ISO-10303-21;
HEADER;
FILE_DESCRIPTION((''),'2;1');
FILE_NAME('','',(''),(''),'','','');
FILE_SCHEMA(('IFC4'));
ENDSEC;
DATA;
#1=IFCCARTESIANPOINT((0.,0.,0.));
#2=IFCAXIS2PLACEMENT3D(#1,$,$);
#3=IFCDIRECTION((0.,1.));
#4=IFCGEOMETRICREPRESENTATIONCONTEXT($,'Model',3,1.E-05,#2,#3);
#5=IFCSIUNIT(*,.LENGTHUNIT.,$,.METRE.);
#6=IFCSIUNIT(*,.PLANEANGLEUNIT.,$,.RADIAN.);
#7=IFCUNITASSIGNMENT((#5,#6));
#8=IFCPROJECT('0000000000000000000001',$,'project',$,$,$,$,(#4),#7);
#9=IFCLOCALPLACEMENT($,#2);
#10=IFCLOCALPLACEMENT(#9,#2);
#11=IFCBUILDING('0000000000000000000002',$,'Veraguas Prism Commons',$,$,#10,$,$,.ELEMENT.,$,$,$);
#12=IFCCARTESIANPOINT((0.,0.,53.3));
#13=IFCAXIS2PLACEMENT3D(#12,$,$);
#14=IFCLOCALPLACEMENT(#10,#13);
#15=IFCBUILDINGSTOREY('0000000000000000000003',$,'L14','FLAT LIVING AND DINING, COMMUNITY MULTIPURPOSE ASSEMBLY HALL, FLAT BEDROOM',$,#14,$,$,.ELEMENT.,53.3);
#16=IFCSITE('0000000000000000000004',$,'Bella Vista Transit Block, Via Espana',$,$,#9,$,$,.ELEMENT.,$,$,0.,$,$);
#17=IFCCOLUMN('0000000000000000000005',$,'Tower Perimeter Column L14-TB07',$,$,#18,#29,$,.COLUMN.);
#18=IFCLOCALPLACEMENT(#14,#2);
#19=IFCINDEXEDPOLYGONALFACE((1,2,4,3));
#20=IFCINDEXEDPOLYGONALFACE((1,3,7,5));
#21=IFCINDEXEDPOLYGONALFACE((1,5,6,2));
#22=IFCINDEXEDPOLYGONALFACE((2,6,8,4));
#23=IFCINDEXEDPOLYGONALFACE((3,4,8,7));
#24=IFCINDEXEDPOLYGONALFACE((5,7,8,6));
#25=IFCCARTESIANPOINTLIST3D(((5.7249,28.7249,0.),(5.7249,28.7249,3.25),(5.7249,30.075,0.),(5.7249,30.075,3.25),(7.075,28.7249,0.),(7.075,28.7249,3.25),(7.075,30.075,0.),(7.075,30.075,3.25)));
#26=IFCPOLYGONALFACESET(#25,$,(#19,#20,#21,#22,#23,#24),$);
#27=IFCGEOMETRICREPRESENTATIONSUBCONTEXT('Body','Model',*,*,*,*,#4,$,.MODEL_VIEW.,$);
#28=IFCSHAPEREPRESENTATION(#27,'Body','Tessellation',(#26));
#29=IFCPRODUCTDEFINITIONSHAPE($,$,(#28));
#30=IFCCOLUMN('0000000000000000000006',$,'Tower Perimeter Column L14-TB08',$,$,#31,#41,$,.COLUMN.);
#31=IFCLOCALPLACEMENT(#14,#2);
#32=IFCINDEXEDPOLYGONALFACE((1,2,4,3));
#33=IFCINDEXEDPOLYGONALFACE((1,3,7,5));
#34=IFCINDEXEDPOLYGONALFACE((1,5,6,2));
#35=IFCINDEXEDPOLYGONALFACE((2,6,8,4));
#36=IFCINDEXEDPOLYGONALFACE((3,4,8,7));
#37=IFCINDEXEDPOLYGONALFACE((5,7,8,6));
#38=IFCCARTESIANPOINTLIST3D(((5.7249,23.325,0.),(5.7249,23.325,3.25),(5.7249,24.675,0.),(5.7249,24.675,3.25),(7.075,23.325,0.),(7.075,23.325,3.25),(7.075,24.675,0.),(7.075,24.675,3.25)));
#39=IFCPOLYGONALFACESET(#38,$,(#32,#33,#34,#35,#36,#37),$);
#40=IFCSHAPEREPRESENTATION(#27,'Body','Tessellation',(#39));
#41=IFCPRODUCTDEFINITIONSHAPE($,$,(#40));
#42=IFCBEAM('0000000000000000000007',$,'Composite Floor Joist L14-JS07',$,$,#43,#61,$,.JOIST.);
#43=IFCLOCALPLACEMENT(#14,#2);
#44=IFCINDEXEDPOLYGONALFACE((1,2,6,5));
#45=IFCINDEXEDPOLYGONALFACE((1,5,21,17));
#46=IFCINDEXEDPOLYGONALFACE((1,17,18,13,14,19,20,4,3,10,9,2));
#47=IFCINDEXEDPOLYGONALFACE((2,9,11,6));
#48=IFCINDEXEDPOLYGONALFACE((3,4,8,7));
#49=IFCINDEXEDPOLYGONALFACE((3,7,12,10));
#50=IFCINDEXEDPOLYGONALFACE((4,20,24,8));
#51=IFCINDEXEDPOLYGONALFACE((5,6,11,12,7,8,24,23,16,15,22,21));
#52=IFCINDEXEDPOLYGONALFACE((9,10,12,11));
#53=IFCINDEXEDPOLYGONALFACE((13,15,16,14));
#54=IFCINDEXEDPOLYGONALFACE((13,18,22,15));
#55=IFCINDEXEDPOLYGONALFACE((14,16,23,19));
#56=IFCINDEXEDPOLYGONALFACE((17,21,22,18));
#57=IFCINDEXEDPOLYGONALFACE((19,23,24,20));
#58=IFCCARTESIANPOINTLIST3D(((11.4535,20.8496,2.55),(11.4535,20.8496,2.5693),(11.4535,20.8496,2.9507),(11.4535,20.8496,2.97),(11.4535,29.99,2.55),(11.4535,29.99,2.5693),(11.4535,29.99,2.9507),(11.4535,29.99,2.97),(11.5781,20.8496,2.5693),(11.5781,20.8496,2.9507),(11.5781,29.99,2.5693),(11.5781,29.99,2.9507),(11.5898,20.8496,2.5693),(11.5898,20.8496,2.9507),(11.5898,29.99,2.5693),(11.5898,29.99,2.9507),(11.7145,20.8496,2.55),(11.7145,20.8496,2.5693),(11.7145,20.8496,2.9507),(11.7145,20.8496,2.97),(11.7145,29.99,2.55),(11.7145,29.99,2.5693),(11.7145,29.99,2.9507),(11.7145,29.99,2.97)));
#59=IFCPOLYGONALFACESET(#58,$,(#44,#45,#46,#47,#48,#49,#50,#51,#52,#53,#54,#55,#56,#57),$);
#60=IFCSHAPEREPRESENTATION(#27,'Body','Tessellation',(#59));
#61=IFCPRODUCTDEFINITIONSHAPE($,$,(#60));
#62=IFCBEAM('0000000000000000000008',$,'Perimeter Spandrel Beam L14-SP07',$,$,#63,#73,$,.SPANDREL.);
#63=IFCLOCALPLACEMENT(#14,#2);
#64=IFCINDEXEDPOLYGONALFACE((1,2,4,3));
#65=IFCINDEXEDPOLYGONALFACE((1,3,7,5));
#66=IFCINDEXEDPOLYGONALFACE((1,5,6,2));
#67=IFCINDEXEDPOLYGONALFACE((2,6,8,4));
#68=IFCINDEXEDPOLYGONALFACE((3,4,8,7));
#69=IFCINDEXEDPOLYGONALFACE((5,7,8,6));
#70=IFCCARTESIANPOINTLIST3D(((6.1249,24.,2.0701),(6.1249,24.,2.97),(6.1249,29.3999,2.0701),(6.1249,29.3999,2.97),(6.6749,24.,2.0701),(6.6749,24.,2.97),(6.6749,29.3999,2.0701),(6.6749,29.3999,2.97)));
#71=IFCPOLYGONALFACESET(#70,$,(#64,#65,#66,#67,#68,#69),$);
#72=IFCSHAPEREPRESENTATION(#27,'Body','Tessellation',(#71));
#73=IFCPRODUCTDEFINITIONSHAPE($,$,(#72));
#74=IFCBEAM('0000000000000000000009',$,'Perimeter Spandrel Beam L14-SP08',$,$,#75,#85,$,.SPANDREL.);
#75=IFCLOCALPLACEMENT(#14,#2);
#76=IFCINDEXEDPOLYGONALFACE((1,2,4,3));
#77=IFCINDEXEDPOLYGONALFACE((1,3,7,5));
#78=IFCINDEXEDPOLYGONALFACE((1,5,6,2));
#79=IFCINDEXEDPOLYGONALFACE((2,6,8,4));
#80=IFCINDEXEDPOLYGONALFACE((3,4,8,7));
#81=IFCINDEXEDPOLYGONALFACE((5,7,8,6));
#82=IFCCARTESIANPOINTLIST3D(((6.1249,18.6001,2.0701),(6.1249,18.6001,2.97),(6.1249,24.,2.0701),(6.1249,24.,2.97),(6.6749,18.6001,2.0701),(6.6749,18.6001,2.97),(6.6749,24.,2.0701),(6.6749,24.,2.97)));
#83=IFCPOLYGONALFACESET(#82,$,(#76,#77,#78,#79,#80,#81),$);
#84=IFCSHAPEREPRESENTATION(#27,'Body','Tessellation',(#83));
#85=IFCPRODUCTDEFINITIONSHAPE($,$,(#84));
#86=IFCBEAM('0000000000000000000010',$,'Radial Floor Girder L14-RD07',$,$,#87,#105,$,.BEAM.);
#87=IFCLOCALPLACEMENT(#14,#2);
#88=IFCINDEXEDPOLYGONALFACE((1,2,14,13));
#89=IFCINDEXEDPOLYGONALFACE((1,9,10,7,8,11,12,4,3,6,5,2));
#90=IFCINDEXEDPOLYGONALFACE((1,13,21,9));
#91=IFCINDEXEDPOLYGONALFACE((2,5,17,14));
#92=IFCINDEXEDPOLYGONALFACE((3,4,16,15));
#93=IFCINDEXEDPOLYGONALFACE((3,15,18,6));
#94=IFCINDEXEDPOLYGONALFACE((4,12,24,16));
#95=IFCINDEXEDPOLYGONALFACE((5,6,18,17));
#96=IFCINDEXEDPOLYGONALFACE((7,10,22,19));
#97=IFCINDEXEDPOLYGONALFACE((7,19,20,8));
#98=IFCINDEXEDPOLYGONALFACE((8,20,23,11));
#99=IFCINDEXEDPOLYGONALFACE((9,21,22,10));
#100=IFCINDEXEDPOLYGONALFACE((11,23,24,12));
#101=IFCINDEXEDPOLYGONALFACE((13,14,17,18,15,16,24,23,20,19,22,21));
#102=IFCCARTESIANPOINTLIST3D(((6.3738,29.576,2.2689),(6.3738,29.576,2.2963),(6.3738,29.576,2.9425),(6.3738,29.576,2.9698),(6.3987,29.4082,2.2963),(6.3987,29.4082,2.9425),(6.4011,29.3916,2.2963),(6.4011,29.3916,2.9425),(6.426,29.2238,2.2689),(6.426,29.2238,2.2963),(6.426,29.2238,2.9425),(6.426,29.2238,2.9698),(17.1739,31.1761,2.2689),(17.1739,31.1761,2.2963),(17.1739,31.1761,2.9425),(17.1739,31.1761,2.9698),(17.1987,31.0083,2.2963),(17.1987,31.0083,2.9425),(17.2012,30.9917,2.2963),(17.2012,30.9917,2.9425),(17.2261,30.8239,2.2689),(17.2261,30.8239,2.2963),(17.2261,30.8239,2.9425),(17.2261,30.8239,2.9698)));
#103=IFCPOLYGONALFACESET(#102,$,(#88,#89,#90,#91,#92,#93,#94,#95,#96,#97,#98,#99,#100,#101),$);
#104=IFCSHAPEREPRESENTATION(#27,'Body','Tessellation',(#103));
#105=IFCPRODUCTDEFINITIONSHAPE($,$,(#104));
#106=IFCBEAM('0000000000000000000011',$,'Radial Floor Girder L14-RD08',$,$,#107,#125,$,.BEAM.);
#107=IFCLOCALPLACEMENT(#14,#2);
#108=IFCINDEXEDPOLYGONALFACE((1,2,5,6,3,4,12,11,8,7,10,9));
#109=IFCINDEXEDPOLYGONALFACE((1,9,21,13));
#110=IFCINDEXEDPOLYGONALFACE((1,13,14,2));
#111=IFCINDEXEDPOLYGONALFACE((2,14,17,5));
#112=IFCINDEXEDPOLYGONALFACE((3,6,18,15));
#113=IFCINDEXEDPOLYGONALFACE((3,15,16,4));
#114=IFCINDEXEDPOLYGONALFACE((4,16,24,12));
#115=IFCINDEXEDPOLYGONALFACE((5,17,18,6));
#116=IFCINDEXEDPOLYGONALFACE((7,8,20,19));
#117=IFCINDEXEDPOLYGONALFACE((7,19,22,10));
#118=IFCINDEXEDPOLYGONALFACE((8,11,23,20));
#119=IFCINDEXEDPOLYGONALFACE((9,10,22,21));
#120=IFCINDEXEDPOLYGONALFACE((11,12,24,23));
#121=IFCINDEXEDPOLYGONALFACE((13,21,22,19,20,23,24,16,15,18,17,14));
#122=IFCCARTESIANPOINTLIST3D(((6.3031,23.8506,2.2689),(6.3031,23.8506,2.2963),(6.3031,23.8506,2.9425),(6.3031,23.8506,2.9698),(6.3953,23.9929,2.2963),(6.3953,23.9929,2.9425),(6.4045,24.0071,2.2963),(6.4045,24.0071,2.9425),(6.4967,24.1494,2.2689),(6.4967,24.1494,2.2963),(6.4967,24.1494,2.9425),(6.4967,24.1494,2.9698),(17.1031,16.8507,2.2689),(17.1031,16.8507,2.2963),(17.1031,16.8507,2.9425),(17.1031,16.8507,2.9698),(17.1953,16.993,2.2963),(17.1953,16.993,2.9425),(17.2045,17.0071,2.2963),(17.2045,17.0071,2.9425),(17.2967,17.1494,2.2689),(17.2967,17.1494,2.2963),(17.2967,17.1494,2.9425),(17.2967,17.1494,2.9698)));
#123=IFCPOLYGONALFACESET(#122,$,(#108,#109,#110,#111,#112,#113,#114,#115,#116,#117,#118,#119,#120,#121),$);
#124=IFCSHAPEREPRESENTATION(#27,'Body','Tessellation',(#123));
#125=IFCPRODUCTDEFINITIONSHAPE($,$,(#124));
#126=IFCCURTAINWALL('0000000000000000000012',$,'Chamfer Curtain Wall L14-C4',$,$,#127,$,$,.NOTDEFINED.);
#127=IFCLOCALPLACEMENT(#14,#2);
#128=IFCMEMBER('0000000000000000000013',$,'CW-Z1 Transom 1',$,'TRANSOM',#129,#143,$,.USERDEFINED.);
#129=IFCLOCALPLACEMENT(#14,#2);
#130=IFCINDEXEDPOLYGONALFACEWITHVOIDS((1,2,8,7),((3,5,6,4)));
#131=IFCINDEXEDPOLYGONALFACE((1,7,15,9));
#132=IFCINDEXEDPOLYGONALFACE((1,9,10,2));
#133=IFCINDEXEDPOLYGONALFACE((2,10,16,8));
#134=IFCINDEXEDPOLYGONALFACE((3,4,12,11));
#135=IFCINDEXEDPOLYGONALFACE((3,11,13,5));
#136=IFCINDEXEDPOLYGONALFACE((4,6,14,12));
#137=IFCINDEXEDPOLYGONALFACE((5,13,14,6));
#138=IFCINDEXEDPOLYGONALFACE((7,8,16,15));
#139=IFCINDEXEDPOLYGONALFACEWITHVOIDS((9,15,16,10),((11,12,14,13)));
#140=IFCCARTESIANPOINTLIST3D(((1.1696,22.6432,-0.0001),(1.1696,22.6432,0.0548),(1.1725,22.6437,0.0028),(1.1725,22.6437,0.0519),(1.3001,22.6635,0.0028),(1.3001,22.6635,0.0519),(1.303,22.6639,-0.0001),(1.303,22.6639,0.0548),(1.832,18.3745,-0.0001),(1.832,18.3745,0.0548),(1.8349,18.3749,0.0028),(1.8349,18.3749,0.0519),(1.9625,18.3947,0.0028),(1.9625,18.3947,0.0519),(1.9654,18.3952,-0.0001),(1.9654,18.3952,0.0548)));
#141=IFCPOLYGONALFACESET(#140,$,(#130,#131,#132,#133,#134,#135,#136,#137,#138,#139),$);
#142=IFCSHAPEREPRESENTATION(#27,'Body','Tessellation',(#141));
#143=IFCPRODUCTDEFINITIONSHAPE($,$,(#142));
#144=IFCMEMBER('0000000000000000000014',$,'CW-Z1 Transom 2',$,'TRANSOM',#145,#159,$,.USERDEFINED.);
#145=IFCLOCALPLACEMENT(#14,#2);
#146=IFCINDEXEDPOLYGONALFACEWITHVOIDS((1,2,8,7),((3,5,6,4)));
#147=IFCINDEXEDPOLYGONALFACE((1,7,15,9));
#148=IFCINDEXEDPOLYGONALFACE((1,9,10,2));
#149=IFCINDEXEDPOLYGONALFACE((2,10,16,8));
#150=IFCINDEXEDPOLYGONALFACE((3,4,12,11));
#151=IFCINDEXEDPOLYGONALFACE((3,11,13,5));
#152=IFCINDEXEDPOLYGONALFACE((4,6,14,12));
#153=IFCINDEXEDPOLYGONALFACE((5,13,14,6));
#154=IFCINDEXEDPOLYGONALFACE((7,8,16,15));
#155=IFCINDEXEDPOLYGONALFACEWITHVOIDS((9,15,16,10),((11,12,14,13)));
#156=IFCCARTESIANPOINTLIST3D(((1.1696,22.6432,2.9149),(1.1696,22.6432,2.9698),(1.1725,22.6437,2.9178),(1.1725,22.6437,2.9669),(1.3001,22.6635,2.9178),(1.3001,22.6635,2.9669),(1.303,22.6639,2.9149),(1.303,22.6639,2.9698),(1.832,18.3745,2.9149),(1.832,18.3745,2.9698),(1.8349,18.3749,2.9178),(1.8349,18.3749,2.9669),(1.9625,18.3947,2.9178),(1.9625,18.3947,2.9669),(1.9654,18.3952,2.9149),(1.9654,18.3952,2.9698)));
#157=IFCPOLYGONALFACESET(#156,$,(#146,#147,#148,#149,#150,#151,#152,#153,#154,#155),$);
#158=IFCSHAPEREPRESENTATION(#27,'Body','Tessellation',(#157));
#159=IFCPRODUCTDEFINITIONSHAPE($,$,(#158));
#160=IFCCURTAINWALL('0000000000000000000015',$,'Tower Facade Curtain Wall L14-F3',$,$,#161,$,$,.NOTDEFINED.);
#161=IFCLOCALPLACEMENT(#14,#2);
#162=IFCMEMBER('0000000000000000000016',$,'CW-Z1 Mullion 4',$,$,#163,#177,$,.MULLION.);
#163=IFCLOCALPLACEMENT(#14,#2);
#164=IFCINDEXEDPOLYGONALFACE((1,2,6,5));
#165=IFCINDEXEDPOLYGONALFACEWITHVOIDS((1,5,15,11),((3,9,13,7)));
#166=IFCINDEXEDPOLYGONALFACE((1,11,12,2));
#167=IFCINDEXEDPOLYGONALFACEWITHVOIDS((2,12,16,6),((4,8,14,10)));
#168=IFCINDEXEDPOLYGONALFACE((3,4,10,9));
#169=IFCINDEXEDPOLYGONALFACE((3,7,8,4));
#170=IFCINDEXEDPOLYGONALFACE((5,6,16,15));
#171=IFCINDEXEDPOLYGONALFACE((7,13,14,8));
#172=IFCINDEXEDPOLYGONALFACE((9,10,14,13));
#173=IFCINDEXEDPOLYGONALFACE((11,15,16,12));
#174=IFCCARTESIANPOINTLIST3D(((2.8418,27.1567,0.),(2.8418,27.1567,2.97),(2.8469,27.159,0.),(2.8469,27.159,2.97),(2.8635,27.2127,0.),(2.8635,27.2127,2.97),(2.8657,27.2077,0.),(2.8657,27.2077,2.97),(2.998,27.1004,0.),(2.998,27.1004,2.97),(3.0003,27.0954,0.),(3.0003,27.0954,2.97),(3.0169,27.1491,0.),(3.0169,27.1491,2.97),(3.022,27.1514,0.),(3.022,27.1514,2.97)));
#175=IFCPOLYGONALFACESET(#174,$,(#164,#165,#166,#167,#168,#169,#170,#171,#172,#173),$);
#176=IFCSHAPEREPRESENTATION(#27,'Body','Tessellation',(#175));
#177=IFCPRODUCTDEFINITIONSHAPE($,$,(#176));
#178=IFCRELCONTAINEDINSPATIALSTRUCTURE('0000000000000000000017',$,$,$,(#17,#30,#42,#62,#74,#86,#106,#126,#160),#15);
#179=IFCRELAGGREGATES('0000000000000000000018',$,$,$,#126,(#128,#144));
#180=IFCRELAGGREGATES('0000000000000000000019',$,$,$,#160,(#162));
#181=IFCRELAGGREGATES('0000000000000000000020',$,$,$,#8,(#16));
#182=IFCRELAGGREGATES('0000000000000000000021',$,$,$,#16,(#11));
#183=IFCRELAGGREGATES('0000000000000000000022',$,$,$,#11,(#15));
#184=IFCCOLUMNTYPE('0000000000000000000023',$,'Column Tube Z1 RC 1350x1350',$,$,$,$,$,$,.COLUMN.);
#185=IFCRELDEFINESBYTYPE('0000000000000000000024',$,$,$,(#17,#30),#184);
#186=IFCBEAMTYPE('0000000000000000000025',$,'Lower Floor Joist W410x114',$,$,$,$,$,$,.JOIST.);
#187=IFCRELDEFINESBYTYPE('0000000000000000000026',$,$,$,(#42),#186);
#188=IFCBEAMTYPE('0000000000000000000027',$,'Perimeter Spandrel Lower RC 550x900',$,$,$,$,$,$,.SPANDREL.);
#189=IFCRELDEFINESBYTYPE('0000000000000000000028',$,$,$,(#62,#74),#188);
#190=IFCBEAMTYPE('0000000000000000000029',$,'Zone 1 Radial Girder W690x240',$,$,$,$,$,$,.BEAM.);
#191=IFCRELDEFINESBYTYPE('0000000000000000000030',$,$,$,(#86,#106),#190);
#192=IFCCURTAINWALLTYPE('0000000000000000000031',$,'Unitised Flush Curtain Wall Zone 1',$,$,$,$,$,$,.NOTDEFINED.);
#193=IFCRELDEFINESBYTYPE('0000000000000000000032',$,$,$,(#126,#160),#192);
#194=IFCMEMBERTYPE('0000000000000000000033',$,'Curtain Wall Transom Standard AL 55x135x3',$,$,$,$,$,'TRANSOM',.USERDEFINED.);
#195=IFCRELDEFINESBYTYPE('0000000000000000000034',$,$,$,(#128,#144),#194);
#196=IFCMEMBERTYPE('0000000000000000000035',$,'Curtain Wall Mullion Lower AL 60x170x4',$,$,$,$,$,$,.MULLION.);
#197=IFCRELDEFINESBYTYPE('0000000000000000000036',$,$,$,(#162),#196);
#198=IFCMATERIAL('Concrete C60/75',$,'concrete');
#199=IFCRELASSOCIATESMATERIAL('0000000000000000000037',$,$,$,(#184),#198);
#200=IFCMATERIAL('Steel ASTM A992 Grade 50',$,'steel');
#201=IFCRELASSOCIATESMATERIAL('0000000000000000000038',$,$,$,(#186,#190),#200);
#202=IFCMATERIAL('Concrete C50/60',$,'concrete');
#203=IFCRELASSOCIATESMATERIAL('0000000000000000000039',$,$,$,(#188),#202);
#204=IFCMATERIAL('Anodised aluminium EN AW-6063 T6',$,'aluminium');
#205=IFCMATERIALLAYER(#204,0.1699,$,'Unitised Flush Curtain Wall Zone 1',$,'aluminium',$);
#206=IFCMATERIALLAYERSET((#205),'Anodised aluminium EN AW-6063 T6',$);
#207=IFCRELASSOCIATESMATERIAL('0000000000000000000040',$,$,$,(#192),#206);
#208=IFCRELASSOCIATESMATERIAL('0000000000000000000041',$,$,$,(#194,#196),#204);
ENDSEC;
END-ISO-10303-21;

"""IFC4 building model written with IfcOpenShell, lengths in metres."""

from ifc_helpers import new_model, si_unit, direction, frame, origin, origin_2d, place, context, subcontext, project, spatial, rectangle, hollow_rectangle, i_section, extrude, source, transform, mapped, material, layer, layer_set, material_profile, profile_set, type_object, element, aggregate, save


model = new_model("IFC4")

# Units and contexts
model_context = context("Model", 3, precision=1e-05, world=origin(), true_north=direction((0.0, 1.0)))
body_context = subcontext(model_context, "Body", "Model", "MODEL_VIEW")
ifc_project = project(units=[si_unit("LENGTHUNIT", "METRE"), si_unit("PLANEANGLEUNIT", "RADIAN")], contexts=[model_context])

# Site, building, storey
site_placement = place(None, origin())
site = spatial("IfcSite", under=ifc_project, at=site_placement, Name="Bella Vista Transit Block, Via Espana", CompositionType="ELEMENT", RefElevation=0.0)
building_placement = place(site_placement, origin())
building = spatial("IfcBuilding", under=site, at=building_placement, Name="Veraguas Prism Commons", CompositionType="ELEMENT")
storey_placement = place(building_placement, frame((0.0, 0.0, 53.3)))
storey = spatial("IfcBuildingStorey", under=building, at=storey_placement, Name="L14", Description="FLAT LIVING AND DINING, COMMUNITY MULTIPURPOSE ASSEMBLY HALL, FLAT BEDROOM", CompositionType="ELEMENT", Elevation=53.3)

# Columns
ifc_material_1 = material(Name="Concrete C60/75", Category="concrete")
ifc_material_profile_1 = material_profile(ifc_material_1, rectangle(XDim=1.3501, YDim=1.3501, at=origin_2d()), Name="RC1350X1350")
ifc_profile_set_1 = profile_set([ifc_material_profile_1], Name="Concrete C60/75")
column_type = type_object("IfcColumnType", Name="Column Tube Z1 RC 1350x1350", PredefinedType="COLUMN", material=ifc_profile_set_1)
for number, where, z_axis, x_axis, name in (
    (1, (6.3999, 29.3999, 0.0), (0.0, 0.0, 1.0), (1.0, 0.0, 0.0), "Tower Perimeter Column L14-TB07"),
    (2, (6.3999, 24.0, 0.0), (0.0, 0.0, 1.0), (1.0, 0.0, 0.0), "Tower Perimeter Column L14-TB08"),
):
    element("IfcColumn", number, at=place(storey_placement, frame(where, z_axis=z_axis, x_axis=x_axis)), inside=storey, type_object=column_type, Name=name, PredefinedType="COLUMN", context=body_context, shape_type="SweptSolid", body=[
        extrude(rectangle(XDim=1.3501, YDim=1.3501, at=origin_2d()), origin(), (0.0, 0.0, 1.0), 3.25),
    ])

# Beams
ifc_material_2 = material(Name="Steel ASTM A992 Grade 50", Category="steel")
ifc_material_profile_2 = material_profile(ifc_material_2, i_section(OverallWidth=0.261, OverallDepth=0.4199, WebThickness=0.0117, FlangeThickness=0.0193, at=origin_2d()), Name="W410X114")
ifc_profile_set_2 = profile_set([ifc_material_profile_2], Name="Steel ASTM A992 Grade 50")
beam_type_1 = type_object("IfcBeamType", Name="Lower Floor Joist W410x114", PredefinedType="JOIST", material=ifc_profile_set_2)
beam_1_placement = place(storey_placement, frame((11.584, 29.99, 2.76), z_axis=(0.0, -1.0, 0.0), x_axis=(1.0, 0.0, 0.0)))
element("IfcBeam", 3, at=beam_1_placement, inside=storey, type_object=beam_type_1, Name="Composite Floor Joist L14-JS07", PredefinedType="JOIST", context=body_context, shape_type="SweptSolid", body=[
    extrude(i_section(OverallWidth=0.261, OverallDepth=0.4199, WebThickness=0.0117, FlangeThickness=0.0193, at=origin_2d()), origin(), (0.0, 0.0, 1.0), 9.1404),
])
ifc_material_3 = material(Name="Concrete C50/60", Category="concrete")
ifc_material_profile_3 = material_profile(ifc_material_3, rectangle(XDim=0.55, YDim=0.8999, at=origin_2d()), Name="RC550X900")
ifc_profile_set_3 = profile_set([ifc_material_profile_3], Name="Concrete C50/60")
beam_type_2 = type_object("IfcBeamType", Name="Perimeter Spandrel Lower RC 550x900", PredefinedType="SPANDREL", material=ifc_profile_set_3)
for number, where, z_axis, x_axis, name in (
    (4, (6.3999, 29.3999, 2.52), (0.0, -1.0, 0.0), (1.0, 0.0, 0.0), "Perimeter Spandrel Beam L14-SP07"),
    (5, (6.3999, 24.0, 2.52), (0.0, -1.0, 0.0), (1.0, 0.0, 0.0), "Perimeter Spandrel Beam L14-SP08"),
):
    element("IfcBeam", number, at=place(storey_placement, frame(where, z_axis=z_axis, x_axis=x_axis)), inside=storey, type_object=beam_type_2, Name=name, PredefinedType="SPANDREL", context=body_context, shape_type="SweptSolid", body=[
        extrude(rectangle(XDim=0.55, YDim=0.8999, at=origin_2d()), origin(), (0.0, 0.0, 1.0), 5.3999),
    ])
ifc_material_profile_4 = material_profile(ifc_material_2, i_section(OverallWidth=0.356, OverallDepth=0.7009, WebThickness=0.0168, FlangeThickness=0.0273, at=origin_2d()), Name="W690X240")
ifc_profile_set_4 = profile_set([ifc_material_profile_4], Name="Steel ASTM A992 Grade 50")
beam_type_3 = type_object("IfcBeamType", Name="Zone 1 Radial Girder W690x240", PredefinedType="BEAM", material=ifc_profile_set_4)
beam_2_placement = place(storey_placement, frame((6.3999, 29.3999, 2.6194), z_axis=(0.989202, 0.146557, 0.0), x_axis=(-0.146557, 0.989202, 0.0)))
element("IfcBeam", 6, at=beam_2_placement, inside=storey, type_object=beam_type_3, Name="Radial Floor Girder L14-RD07", PredefinedType="BEAM", context=body_context, shape_type="SweptSolid", body=[
    extrude(i_section(OverallWidth=0.356, OverallDepth=0.7009, WebThickness=0.0168, FlangeThickness=0.0273, at=origin_2d()), origin(), (0.0, 0.0, 1.0), 10.918),
])
beam_3_placement = place(storey_placement, frame((6.3999, 24.0, 2.6194), z_axis=(0.839154, -0.543894, 0.0), x_axis=(0.543894, 0.839154, 0.0)))
element("IfcBeam", 7, at=beam_3_placement, inside=storey, type_object=beam_type_3, Name="Radial Floor Girder L14-RD08", PredefinedType="BEAM", context=body_context, shape_type="SweptSolid", body=[
    extrude(i_section(OverallWidth=0.356, OverallDepth=0.7009, WebThickness=0.0168, FlangeThickness=0.0273, at=origin_2d()), origin(), (0.0, 0.0, 1.0), 12.8701),
])

# Curtain walls, members
ifc_material_4 = material(Name="Anodised aluminium EN AW-6063 T6", Category="aluminium")
ifc_layer_1 = layer(ifc_material_4, 0.1699, Name="Unitised Flush Curtain Wall Zone 1", Category="aluminium")
ifc_layer_set_1 = layer_set([ifc_layer_1], Name="Anodised aluminium EN AW-6063 T6")
curtain_wall_type = type_object("IfcCurtainWallType", Name="Unitised Flush Curtain Wall Zone 1", PredefinedType="NOTDEFINED", material=ifc_layer_set_1)
curtain_wall_1_placement = place(storey_placement, origin())
curtain_wall_1 = element("IfcCurtainWall", 8, at=curtain_wall_1_placement, inside=storey, type_object=curtain_wall_type, Name="Chamfer Curtain Wall L14-C4", PredefinedType="NOTDEFINED")
ifc_material_profile_5 = material_profile(ifc_material_4, hollow_rectangle(XDim=0.0549, YDim=0.135, WallThickness=0.0029, at=origin_2d()), Name="AL55X135X3")
ifc_profile_set_5 = profile_set([ifc_material_profile_5], Name="Anodised aluminium EN AW-6063 T6")
member_type_1 = type_object("IfcMemberType", Name="Curtain Wall Transom Standard AL 55x135x3", ElementType="TRANSOM", PredefinedType="USERDEFINED", material=ifc_profile_set_5)
shared_shape_1 = source(origin(), body_context, "Body", "SweptSolid", [
    extrude(hollow_rectangle(XDim=0.0549, YDim=0.135, WallThickness=0.0029, at=origin_2d()), origin(), (0.0, 0.0, 1.0), 4.3198),
])
member_1_placement = place(storey_placement, frame((1.2363, 22.6536, 0.0273), z_axis=(0.153327, -0.988176, 0.0), x_axis=(0.0, 0.0, 1.0)))
member_1 = element("IfcMember", 9, at=member_1_placement, type_object=member_type_1, Name="CW-Z1 Transom 1", ObjectType="TRANSOM", PredefinedType="USERDEFINED", context=body_context, shape_type="MappedRepresentation", body=[
    mapped(shared_shape_1, transform((0.0, 0.0, 0.0), scale=1.0)),
])
member_2_placement = place(storey_placement, frame((1.2363, 22.6536, 2.9424), z_axis=(0.153327, -0.988176, 0.0), x_axis=(0.0, 0.0, 1.0)))
member_2 = element("IfcMember", 10, at=member_2_placement, type_object=member_type_1, Name="CW-Z1 Transom 2", ObjectType="TRANSOM", PredefinedType="USERDEFINED", context=body_context, shape_type="MappedRepresentation", body=[
    mapped(shared_shape_1, transform((0.0, 0.0, 0.0), scale=1.0)),
])
curtain_wall_2_placement = place(storey_placement, origin())
curtain_wall_2 = element("IfcCurtainWall", 11, at=curtain_wall_2_placement, inside=storey, type_object=curtain_wall_type, Name="Tower Facade Curtain Wall L14-F3", PredefinedType="NOTDEFINED")
ifc_material_profile_6 = material_profile(ifc_material_4, hollow_rectangle(XDim=0.0601, YDim=0.1699, WallThickness=0.0039, at=origin_2d()), Name="AL60X170X4")
ifc_profile_set_6 = profile_set([ifc_material_profile_6], Name="Anodised aluminium EN AW-6063 T6")
member_type_2 = type_object("IfcMemberType", Name="Curtain Wall Mullion Lower AL 60x170x4", PredefinedType="MULLION", material=ifc_profile_set_6)
shared_shape_2 = source(origin(), body_context, "Body", "SweptSolid", [
    extrude(hollow_rectangle(XDim=0.0601, YDim=0.1699, WallThickness=0.0039, at=origin_2d()), origin(), (0.0, 0.0, 1.0), 2.97),
])
member_3_placement = place(storey_placement, frame((2.9319, 27.1541, 0.0), z_axis=(0.0, 0.0, 1.0), x_axis=(-0.361294, -0.932452, 0.0)))
member_3 = element("IfcMember", 12, at=member_3_placement, type_object=member_type_2, Name="CW-Z1 Mullion 4", PredefinedType="MULLION", context=body_context, shape_type="MappedRepresentation", body=[
    mapped(shared_shape_2, transform((0.0, 0.0, 0.0), scale=1.0)),
])

aggregate(curtain_wall_1, [member_1, member_2])

aggregate(curtain_wall_2, [member_3])

save(model, "model.ifc")
